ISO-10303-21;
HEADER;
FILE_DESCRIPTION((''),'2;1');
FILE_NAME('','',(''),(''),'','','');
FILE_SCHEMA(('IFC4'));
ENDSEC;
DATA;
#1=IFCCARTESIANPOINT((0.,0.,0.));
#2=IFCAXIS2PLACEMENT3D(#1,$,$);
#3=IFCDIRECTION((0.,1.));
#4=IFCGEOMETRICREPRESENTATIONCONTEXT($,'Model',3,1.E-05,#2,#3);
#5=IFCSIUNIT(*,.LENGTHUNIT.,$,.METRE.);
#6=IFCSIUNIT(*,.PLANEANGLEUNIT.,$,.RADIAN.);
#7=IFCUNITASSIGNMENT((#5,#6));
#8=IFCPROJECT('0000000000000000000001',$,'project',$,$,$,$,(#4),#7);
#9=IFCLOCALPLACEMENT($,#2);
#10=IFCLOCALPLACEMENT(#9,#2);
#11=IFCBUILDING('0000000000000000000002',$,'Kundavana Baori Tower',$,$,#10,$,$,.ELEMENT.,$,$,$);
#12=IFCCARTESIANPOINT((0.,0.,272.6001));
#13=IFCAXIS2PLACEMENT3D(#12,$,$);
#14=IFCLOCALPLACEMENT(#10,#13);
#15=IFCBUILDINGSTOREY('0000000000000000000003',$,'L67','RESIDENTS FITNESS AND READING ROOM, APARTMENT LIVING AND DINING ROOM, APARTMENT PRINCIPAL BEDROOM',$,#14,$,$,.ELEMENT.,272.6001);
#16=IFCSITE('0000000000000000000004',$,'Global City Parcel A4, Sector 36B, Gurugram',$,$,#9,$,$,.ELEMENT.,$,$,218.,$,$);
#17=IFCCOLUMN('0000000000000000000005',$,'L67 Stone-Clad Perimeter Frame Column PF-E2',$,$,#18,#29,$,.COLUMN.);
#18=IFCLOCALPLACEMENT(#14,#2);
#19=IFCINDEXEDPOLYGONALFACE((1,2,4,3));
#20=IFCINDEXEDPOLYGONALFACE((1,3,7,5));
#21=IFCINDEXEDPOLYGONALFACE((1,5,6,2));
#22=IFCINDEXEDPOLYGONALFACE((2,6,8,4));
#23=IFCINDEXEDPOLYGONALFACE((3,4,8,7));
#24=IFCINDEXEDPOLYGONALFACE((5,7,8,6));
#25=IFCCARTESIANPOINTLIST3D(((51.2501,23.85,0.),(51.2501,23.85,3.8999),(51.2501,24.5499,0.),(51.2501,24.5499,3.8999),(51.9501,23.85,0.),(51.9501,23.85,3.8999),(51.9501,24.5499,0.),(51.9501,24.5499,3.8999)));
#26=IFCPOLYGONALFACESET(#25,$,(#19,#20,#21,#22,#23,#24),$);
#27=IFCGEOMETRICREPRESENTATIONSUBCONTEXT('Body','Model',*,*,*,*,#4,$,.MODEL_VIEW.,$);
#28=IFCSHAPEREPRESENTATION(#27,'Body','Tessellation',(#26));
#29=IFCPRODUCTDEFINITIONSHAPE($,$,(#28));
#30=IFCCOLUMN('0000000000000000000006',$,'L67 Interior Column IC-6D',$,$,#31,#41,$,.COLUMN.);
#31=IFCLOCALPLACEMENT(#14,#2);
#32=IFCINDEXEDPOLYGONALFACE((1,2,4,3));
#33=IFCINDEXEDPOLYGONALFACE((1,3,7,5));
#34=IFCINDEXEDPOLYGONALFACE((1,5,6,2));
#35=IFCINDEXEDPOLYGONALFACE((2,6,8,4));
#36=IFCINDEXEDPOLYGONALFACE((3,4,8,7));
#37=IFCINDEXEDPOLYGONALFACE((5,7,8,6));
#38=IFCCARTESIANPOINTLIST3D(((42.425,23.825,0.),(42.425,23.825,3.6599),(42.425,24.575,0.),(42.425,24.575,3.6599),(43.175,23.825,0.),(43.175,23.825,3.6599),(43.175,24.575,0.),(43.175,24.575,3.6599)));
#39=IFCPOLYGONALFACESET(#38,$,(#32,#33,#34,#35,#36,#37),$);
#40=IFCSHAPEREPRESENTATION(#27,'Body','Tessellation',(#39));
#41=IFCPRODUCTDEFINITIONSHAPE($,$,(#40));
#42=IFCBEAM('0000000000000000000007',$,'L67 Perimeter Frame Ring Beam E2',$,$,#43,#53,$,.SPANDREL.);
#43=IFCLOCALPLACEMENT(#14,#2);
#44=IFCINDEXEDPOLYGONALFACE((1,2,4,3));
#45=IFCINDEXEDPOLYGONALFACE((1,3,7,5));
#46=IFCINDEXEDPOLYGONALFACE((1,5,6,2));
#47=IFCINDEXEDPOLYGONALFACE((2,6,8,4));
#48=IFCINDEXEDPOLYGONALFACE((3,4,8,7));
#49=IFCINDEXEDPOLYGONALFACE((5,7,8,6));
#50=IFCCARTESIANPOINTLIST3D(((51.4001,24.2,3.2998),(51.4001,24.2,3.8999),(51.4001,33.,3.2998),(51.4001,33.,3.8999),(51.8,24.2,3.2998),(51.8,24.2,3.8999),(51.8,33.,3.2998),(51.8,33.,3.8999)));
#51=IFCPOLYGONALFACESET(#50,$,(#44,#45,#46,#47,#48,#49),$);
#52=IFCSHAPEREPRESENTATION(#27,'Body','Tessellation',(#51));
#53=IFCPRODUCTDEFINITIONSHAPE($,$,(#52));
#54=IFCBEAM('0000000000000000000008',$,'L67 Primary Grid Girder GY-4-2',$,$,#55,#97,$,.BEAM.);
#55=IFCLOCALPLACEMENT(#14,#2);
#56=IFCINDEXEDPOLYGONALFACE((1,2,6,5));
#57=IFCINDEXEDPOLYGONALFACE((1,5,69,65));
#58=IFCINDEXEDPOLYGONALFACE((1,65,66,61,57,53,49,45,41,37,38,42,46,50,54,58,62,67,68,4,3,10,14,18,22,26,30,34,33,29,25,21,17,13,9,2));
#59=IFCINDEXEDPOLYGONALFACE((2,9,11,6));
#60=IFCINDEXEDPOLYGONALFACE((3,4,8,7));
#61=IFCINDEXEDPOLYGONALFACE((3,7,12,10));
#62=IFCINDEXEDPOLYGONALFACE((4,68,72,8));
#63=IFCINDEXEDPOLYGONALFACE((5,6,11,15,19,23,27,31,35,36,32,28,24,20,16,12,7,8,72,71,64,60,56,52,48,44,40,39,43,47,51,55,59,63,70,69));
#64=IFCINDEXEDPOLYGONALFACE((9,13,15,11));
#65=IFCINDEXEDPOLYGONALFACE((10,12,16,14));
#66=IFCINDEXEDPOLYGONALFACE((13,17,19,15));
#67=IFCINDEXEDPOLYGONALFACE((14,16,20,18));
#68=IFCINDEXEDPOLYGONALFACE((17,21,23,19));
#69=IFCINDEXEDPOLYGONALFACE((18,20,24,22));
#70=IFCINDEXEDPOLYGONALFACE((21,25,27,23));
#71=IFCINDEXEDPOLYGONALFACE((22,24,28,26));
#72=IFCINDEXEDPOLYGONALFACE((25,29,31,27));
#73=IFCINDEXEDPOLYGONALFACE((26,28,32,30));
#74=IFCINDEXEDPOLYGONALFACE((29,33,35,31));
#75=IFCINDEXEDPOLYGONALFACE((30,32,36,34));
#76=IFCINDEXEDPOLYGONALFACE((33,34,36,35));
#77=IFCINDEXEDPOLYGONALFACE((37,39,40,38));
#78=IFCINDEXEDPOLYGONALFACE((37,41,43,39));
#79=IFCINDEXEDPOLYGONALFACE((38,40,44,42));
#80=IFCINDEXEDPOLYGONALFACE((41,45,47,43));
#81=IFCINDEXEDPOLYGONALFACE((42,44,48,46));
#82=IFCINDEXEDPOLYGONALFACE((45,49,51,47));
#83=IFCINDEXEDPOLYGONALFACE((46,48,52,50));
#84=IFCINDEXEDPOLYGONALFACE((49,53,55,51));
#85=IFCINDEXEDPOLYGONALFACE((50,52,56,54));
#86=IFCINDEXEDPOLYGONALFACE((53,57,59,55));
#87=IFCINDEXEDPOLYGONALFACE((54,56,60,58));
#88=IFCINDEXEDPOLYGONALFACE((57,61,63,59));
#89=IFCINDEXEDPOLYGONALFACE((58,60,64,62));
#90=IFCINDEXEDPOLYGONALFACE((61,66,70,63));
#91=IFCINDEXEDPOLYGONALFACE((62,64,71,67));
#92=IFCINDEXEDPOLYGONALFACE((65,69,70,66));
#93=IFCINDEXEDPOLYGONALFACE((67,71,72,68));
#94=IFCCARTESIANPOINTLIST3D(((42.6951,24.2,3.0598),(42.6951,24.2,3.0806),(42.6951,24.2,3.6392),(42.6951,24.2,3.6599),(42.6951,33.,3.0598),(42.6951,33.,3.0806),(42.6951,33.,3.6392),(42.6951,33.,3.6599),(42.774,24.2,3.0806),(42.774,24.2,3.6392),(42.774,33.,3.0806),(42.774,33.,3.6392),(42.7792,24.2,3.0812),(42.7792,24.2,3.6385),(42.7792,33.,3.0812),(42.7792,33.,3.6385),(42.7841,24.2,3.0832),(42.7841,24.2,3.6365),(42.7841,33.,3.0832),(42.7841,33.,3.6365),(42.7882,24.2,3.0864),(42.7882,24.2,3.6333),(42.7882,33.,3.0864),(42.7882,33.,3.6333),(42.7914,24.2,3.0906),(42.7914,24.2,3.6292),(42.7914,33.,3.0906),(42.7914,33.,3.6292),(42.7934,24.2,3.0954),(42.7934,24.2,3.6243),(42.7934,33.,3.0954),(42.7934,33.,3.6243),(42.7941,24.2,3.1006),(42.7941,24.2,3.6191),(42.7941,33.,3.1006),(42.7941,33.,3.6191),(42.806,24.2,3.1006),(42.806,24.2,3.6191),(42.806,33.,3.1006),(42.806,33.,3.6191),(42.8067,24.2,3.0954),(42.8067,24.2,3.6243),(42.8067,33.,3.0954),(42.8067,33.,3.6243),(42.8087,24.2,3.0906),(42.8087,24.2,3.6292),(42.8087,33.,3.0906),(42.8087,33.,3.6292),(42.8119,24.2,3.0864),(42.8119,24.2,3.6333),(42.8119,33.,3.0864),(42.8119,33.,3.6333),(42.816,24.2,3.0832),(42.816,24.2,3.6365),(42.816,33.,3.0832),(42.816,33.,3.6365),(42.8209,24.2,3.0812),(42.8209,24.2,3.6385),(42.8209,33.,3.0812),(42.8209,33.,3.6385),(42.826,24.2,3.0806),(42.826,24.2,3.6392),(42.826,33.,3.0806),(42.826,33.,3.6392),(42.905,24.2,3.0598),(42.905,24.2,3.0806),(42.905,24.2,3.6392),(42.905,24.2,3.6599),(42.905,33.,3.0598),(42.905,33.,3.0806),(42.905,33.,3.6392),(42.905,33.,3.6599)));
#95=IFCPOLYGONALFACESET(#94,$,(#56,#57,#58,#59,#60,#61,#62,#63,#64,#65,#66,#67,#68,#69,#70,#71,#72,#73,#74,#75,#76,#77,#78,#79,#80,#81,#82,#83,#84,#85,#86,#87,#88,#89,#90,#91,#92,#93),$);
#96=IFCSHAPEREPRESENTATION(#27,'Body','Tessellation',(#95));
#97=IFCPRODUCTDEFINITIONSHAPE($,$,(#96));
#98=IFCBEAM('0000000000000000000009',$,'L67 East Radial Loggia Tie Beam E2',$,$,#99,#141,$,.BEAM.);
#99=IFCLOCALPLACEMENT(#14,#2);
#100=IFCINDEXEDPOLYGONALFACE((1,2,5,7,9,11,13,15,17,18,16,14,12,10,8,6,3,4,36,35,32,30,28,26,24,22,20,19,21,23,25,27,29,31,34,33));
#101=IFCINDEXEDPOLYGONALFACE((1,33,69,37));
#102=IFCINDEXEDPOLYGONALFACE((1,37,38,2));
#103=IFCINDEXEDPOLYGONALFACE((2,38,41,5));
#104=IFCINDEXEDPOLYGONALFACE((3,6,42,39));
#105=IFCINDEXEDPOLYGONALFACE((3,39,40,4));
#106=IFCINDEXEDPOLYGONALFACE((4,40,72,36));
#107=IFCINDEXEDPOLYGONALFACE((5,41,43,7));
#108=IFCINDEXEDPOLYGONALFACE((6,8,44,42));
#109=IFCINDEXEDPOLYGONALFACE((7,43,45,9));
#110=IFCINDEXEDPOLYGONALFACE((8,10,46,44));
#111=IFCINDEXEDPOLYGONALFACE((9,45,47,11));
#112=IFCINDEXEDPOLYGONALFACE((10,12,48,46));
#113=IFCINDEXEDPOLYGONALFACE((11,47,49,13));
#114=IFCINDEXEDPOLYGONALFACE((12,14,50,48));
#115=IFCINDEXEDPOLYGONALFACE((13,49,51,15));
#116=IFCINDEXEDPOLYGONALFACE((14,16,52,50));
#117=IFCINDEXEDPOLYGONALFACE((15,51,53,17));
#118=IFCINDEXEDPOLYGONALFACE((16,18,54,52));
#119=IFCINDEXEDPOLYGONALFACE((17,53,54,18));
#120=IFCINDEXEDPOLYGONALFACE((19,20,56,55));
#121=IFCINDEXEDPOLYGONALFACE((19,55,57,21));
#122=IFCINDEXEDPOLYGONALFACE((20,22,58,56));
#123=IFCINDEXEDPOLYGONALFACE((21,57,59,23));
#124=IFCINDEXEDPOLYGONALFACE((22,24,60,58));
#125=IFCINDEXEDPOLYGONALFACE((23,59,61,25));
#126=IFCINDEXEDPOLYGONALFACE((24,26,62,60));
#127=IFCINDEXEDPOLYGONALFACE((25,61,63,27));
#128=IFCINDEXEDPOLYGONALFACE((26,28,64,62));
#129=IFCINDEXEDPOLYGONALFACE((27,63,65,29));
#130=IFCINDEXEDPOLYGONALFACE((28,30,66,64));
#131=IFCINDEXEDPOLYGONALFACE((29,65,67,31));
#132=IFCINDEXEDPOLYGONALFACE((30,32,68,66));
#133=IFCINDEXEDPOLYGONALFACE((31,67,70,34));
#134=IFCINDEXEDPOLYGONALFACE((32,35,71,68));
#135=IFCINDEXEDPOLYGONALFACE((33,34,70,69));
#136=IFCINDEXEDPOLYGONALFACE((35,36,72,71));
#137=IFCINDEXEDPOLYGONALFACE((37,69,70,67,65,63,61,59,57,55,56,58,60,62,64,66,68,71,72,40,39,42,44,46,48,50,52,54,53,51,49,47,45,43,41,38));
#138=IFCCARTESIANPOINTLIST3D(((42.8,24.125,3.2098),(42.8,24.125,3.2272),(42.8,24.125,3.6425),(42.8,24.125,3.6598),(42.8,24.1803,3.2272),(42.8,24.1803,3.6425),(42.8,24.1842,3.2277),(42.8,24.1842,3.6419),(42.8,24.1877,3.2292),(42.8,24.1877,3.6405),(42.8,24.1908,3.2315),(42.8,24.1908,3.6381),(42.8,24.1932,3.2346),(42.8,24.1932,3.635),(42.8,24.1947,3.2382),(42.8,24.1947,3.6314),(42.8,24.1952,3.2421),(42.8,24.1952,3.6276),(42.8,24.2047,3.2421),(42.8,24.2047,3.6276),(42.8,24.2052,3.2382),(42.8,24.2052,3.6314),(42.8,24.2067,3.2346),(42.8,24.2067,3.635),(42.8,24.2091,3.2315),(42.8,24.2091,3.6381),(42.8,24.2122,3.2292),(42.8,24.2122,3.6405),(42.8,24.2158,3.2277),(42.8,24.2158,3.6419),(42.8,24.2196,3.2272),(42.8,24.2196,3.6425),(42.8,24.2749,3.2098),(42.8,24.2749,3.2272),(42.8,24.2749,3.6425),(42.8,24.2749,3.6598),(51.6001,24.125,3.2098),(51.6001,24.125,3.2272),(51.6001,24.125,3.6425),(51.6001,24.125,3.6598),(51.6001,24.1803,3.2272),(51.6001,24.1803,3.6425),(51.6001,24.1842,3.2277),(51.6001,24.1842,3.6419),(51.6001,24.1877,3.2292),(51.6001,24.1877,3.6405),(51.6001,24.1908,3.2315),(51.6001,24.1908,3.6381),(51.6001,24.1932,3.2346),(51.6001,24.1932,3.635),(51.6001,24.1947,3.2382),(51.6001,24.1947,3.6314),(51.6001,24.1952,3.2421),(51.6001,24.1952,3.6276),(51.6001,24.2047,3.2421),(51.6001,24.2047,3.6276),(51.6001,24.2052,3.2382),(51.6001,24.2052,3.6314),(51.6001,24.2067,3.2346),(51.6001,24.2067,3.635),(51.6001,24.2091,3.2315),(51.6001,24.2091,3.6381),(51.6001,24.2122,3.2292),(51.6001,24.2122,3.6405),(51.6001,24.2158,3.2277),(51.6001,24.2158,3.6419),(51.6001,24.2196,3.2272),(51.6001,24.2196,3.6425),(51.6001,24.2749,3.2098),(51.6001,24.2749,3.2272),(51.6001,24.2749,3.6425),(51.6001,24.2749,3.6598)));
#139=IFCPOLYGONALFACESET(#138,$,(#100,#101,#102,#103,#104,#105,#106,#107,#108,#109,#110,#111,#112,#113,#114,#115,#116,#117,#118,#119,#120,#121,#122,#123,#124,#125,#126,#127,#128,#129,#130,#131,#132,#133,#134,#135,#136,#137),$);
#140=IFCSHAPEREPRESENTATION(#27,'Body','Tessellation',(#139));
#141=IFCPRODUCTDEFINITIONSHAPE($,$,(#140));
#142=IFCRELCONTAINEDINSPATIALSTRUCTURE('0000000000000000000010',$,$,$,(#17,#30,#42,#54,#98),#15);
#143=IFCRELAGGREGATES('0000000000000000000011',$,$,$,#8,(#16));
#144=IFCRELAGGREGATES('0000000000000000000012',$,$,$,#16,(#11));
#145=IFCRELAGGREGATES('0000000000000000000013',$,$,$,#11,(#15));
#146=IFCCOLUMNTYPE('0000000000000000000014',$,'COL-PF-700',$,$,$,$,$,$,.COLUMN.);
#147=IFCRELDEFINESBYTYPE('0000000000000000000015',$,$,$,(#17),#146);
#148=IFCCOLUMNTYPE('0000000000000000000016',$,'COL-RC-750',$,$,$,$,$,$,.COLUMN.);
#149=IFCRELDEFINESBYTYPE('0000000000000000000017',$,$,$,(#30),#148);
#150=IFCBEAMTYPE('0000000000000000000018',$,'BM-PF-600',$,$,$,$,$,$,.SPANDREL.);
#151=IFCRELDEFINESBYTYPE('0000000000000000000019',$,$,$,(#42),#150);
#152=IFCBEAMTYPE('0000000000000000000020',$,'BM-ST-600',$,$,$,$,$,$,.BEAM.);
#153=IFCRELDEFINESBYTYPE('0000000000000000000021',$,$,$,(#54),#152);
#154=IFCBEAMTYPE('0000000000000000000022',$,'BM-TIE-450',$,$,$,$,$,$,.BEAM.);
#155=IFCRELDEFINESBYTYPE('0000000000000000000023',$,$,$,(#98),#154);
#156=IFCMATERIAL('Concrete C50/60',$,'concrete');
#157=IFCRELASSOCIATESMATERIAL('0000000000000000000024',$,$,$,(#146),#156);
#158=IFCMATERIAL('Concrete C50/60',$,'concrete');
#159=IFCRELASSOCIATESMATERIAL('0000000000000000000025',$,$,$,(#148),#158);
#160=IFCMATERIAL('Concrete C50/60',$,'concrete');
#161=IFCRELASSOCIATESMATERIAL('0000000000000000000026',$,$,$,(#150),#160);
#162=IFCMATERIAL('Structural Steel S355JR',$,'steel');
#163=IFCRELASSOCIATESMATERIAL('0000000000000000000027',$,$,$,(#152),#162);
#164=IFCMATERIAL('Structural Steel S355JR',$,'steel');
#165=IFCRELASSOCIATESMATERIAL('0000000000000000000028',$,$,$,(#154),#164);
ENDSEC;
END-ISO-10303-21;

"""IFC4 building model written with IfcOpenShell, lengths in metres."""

from ifc_helpers import new_model, si_unit, direction, frame, origin, origin_2d, place, context, subcontext, project, spatial, rectangle, i_section, extrude, material, material_profile, profile_set, type_object, element, save


model = new_model("IFC4")

# Units and contexts
model_context = context("Model", 3, precision=1e-05, world=origin(), true_north=direction((0.0, 1.0)))
body_context = subcontext(model_context, "Body", "Model", "MODEL_VIEW")
ifc_project = project(units=[si_unit("LENGTHUNIT", "METRE"), si_unit("PLANEANGLEUNIT", "RADIAN")], contexts=[model_context])

# Site, building, storey
site_placement = place(None, origin())
site = spatial("IfcSite", under=ifc_project, at=site_placement, Name="Global City Parcel A4, Sector 36B, Gurugram", CompositionType="ELEMENT", RefElevation=218.0)
building_placement = place(site_placement, origin())
building = spatial("IfcBuilding", under=site, at=building_placement, Name="Kundavana Baori Tower", CompositionType="ELEMENT")
storey_placement = place(building_placement, frame((0.0, 0.0, 272.6001)))
storey = spatial("IfcBuildingStorey", under=building, at=storey_placement, Name="L67", Description="RESIDENTS FITNESS AND READING ROOM, APARTMENT LIVING AND DINING ROOM, APARTMENT PRINCIPAL BEDROOM", CompositionType="ELEMENT", Elevation=272.6001)

# Columns
ifc_material_1 = material(Name="Concrete C50/60", Category="concrete")
ifc_material_profile_1 = material_profile(ifc_material_1, rectangle(XDim=0.7, YDim=0.7, at=origin_2d()), Name="RC PF 700x700")
ifc_profile_set_1 = profile_set([ifc_material_profile_1], Name="Concrete C50/60")
column_type_1 = type_object("IfcColumnType", Name="COL-PF-700", PredefinedType="COLUMN", material=ifc_profile_set_1)
column_1_placement = place(storey_placement, frame((51.6001, 24.2, 0.0), z_axis=(0.0, 0.0, 1.0), x_axis=(1.0, 0.0, 0.0)))
element("IfcColumn", 1, at=column_1_placement, inside=storey, type_object=column_type_1, Name="L67 Stone-Clad Perimeter Frame Column PF-E2", PredefinedType="COLUMN", context=body_context, shape_type="SweptSolid", body=[
    extrude(rectangle(XDim=0.7, YDim=0.7, at=origin_2d()), origin(), (0.0, 0.0, 1.0), 3.8999),
])
ifc_material_2 = material(Name="Concrete C50/60", Category="concrete")
ifc_material_profile_2 = material_profile(ifc_material_2, rectangle(XDim=0.75, YDim=0.75, at=origin_2d()), Name="RC 750x750")
ifc_profile_set_2 = profile_set([ifc_material_profile_2], Name="Concrete C50/60")
column_type_2 = type_object("IfcColumnType", Name="COL-RC-750", PredefinedType="COLUMN", material=ifc_profile_set_2)
column_2_placement = place(storey_placement, frame((42.8, 24.2, 0.0), z_axis=(0.0, 0.0, 1.0), x_axis=(1.0, 0.0, 0.0)))
element("IfcColumn", 2, at=column_2_placement, inside=storey, type_object=column_type_2, Name="L67 Interior Column IC-6D", PredefinedType="COLUMN", context=body_context, shape_type="SweptSolid", body=[
    extrude(rectangle(XDim=0.75, YDim=0.75, at=origin_2d()), origin(), (0.0, 0.0, 1.0), 3.6599),
])

# Beams
ifc_material_3 = material(Name="Concrete C50/60", Category="concrete")
ifc_material_profile_3 = material_profile(ifc_material_3, rectangle(XDim=0.3999, YDim=0.6001, at=origin_2d()), Name="RC BM 400x600")
ifc_profile_set_3 = profile_set([ifc_material_profile_3], Name="Concrete C50/60")
beam_type_1 = type_object("IfcBeamType", Name="BM-PF-600", PredefinedType="SPANDREL", material=ifc_profile_set_3)
beam_1_placement = place(storey_placement, frame((51.6001, 24.2, 3.5999), z_axis=(0.0, 1.0, 0.0), x_axis=(-1.0, 0.0, 0.0)))
element("IfcBeam", 3, at=beam_1_placement, inside=storey, type_object=beam_type_1, Name="L67 Perimeter Frame Ring Beam E2", PredefinedType="SPANDREL", context=body_context, shape_type="SweptSolid", body=[
    extrude(rectangle(XDim=0.3999, YDim=0.6001, at=origin_2d()), origin(), (0.0, 0.0, 1.0), 8.8),
])
ifc_material_4 = material(Name="Structural Steel S355JR", Category="steel")
ifc_material_profile_4 = material_profile(ifc_material_4, i_section(OverallWidth=0.21, OverallDepth=0.6001, WebThickness=0.012, FlangeThickness=0.0208, FilletRadius=0.02, at=origin_2d()), Name="ISMB 600")
ifc_profile_set_4 = profile_set([ifc_material_profile_4], Name="Structural Steel S355JR")
beam_type_2 = type_object("IfcBeamType", Name="BM-ST-600", PredefinedType="BEAM", material=ifc_profile_set_4)
beam_2_placement = place(storey_placement, frame((42.8, 24.2, 3.3599), z_axis=(0.0, 1.0, 0.0), x_axis=(-1.0, 0.0, 0.0)))
element("IfcBeam", 4, at=beam_2_placement, inside=storey, type_object=beam_type_2, Name="L67 Primary Grid Girder GY-4-2", PredefinedType="BEAM", context=body_context, shape_type="SweptSolid", body=[
    extrude(i_section(OverallWidth=0.21, OverallDepth=0.6001, WebThickness=0.012, FlangeThickness=0.0208, FilletRadius=0.02, at=origin_2d()), origin(), (0.0, 0.0, 1.0), 8.8),
])
ifc_material_5 = material(Name="Structural Steel S355JR", Category="steel")
ifc_material_profile_5 = material_profile(ifc_material_5, i_section(OverallWidth=0.1499, OverallDepth=0.45, WebThickness=0.0095, FlangeThickness=0.0173, FilletRadius=0.0149, at=origin_2d()), Name="ISMB 450")
ifc_profile_set_5 = profile_set([ifc_material_profile_5], Name="Structural Steel S355JR")
beam_type_3 = type_object("IfcBeamType", Name="BM-TIE-450", PredefinedType="BEAM", material=ifc_profile_set_5)
beam_3_placement = place(storey_placement, frame((42.8, 24.2, 3.4348), z_axis=(1.0, 0.0, 0.0), x_axis=(0.0, 1.0, 0.0)))
element("IfcBeam", 5, at=beam_3_placement, inside=storey, type_object=beam_type_3, Name="L67 East Radial Loggia Tie Beam E2", PredefinedType="BEAM", context=body_context, shape_type="SweptSolid", body=[
    extrude(i_section(OverallWidth=0.1499, OverallDepth=0.45, WebThickness=0.0095, FlangeThickness=0.0173, FilletRadius=0.0149, at=origin_2d()), origin(), (0.0, 0.0, 1.0), 8.8),
])

save(model, "model.ifc")
